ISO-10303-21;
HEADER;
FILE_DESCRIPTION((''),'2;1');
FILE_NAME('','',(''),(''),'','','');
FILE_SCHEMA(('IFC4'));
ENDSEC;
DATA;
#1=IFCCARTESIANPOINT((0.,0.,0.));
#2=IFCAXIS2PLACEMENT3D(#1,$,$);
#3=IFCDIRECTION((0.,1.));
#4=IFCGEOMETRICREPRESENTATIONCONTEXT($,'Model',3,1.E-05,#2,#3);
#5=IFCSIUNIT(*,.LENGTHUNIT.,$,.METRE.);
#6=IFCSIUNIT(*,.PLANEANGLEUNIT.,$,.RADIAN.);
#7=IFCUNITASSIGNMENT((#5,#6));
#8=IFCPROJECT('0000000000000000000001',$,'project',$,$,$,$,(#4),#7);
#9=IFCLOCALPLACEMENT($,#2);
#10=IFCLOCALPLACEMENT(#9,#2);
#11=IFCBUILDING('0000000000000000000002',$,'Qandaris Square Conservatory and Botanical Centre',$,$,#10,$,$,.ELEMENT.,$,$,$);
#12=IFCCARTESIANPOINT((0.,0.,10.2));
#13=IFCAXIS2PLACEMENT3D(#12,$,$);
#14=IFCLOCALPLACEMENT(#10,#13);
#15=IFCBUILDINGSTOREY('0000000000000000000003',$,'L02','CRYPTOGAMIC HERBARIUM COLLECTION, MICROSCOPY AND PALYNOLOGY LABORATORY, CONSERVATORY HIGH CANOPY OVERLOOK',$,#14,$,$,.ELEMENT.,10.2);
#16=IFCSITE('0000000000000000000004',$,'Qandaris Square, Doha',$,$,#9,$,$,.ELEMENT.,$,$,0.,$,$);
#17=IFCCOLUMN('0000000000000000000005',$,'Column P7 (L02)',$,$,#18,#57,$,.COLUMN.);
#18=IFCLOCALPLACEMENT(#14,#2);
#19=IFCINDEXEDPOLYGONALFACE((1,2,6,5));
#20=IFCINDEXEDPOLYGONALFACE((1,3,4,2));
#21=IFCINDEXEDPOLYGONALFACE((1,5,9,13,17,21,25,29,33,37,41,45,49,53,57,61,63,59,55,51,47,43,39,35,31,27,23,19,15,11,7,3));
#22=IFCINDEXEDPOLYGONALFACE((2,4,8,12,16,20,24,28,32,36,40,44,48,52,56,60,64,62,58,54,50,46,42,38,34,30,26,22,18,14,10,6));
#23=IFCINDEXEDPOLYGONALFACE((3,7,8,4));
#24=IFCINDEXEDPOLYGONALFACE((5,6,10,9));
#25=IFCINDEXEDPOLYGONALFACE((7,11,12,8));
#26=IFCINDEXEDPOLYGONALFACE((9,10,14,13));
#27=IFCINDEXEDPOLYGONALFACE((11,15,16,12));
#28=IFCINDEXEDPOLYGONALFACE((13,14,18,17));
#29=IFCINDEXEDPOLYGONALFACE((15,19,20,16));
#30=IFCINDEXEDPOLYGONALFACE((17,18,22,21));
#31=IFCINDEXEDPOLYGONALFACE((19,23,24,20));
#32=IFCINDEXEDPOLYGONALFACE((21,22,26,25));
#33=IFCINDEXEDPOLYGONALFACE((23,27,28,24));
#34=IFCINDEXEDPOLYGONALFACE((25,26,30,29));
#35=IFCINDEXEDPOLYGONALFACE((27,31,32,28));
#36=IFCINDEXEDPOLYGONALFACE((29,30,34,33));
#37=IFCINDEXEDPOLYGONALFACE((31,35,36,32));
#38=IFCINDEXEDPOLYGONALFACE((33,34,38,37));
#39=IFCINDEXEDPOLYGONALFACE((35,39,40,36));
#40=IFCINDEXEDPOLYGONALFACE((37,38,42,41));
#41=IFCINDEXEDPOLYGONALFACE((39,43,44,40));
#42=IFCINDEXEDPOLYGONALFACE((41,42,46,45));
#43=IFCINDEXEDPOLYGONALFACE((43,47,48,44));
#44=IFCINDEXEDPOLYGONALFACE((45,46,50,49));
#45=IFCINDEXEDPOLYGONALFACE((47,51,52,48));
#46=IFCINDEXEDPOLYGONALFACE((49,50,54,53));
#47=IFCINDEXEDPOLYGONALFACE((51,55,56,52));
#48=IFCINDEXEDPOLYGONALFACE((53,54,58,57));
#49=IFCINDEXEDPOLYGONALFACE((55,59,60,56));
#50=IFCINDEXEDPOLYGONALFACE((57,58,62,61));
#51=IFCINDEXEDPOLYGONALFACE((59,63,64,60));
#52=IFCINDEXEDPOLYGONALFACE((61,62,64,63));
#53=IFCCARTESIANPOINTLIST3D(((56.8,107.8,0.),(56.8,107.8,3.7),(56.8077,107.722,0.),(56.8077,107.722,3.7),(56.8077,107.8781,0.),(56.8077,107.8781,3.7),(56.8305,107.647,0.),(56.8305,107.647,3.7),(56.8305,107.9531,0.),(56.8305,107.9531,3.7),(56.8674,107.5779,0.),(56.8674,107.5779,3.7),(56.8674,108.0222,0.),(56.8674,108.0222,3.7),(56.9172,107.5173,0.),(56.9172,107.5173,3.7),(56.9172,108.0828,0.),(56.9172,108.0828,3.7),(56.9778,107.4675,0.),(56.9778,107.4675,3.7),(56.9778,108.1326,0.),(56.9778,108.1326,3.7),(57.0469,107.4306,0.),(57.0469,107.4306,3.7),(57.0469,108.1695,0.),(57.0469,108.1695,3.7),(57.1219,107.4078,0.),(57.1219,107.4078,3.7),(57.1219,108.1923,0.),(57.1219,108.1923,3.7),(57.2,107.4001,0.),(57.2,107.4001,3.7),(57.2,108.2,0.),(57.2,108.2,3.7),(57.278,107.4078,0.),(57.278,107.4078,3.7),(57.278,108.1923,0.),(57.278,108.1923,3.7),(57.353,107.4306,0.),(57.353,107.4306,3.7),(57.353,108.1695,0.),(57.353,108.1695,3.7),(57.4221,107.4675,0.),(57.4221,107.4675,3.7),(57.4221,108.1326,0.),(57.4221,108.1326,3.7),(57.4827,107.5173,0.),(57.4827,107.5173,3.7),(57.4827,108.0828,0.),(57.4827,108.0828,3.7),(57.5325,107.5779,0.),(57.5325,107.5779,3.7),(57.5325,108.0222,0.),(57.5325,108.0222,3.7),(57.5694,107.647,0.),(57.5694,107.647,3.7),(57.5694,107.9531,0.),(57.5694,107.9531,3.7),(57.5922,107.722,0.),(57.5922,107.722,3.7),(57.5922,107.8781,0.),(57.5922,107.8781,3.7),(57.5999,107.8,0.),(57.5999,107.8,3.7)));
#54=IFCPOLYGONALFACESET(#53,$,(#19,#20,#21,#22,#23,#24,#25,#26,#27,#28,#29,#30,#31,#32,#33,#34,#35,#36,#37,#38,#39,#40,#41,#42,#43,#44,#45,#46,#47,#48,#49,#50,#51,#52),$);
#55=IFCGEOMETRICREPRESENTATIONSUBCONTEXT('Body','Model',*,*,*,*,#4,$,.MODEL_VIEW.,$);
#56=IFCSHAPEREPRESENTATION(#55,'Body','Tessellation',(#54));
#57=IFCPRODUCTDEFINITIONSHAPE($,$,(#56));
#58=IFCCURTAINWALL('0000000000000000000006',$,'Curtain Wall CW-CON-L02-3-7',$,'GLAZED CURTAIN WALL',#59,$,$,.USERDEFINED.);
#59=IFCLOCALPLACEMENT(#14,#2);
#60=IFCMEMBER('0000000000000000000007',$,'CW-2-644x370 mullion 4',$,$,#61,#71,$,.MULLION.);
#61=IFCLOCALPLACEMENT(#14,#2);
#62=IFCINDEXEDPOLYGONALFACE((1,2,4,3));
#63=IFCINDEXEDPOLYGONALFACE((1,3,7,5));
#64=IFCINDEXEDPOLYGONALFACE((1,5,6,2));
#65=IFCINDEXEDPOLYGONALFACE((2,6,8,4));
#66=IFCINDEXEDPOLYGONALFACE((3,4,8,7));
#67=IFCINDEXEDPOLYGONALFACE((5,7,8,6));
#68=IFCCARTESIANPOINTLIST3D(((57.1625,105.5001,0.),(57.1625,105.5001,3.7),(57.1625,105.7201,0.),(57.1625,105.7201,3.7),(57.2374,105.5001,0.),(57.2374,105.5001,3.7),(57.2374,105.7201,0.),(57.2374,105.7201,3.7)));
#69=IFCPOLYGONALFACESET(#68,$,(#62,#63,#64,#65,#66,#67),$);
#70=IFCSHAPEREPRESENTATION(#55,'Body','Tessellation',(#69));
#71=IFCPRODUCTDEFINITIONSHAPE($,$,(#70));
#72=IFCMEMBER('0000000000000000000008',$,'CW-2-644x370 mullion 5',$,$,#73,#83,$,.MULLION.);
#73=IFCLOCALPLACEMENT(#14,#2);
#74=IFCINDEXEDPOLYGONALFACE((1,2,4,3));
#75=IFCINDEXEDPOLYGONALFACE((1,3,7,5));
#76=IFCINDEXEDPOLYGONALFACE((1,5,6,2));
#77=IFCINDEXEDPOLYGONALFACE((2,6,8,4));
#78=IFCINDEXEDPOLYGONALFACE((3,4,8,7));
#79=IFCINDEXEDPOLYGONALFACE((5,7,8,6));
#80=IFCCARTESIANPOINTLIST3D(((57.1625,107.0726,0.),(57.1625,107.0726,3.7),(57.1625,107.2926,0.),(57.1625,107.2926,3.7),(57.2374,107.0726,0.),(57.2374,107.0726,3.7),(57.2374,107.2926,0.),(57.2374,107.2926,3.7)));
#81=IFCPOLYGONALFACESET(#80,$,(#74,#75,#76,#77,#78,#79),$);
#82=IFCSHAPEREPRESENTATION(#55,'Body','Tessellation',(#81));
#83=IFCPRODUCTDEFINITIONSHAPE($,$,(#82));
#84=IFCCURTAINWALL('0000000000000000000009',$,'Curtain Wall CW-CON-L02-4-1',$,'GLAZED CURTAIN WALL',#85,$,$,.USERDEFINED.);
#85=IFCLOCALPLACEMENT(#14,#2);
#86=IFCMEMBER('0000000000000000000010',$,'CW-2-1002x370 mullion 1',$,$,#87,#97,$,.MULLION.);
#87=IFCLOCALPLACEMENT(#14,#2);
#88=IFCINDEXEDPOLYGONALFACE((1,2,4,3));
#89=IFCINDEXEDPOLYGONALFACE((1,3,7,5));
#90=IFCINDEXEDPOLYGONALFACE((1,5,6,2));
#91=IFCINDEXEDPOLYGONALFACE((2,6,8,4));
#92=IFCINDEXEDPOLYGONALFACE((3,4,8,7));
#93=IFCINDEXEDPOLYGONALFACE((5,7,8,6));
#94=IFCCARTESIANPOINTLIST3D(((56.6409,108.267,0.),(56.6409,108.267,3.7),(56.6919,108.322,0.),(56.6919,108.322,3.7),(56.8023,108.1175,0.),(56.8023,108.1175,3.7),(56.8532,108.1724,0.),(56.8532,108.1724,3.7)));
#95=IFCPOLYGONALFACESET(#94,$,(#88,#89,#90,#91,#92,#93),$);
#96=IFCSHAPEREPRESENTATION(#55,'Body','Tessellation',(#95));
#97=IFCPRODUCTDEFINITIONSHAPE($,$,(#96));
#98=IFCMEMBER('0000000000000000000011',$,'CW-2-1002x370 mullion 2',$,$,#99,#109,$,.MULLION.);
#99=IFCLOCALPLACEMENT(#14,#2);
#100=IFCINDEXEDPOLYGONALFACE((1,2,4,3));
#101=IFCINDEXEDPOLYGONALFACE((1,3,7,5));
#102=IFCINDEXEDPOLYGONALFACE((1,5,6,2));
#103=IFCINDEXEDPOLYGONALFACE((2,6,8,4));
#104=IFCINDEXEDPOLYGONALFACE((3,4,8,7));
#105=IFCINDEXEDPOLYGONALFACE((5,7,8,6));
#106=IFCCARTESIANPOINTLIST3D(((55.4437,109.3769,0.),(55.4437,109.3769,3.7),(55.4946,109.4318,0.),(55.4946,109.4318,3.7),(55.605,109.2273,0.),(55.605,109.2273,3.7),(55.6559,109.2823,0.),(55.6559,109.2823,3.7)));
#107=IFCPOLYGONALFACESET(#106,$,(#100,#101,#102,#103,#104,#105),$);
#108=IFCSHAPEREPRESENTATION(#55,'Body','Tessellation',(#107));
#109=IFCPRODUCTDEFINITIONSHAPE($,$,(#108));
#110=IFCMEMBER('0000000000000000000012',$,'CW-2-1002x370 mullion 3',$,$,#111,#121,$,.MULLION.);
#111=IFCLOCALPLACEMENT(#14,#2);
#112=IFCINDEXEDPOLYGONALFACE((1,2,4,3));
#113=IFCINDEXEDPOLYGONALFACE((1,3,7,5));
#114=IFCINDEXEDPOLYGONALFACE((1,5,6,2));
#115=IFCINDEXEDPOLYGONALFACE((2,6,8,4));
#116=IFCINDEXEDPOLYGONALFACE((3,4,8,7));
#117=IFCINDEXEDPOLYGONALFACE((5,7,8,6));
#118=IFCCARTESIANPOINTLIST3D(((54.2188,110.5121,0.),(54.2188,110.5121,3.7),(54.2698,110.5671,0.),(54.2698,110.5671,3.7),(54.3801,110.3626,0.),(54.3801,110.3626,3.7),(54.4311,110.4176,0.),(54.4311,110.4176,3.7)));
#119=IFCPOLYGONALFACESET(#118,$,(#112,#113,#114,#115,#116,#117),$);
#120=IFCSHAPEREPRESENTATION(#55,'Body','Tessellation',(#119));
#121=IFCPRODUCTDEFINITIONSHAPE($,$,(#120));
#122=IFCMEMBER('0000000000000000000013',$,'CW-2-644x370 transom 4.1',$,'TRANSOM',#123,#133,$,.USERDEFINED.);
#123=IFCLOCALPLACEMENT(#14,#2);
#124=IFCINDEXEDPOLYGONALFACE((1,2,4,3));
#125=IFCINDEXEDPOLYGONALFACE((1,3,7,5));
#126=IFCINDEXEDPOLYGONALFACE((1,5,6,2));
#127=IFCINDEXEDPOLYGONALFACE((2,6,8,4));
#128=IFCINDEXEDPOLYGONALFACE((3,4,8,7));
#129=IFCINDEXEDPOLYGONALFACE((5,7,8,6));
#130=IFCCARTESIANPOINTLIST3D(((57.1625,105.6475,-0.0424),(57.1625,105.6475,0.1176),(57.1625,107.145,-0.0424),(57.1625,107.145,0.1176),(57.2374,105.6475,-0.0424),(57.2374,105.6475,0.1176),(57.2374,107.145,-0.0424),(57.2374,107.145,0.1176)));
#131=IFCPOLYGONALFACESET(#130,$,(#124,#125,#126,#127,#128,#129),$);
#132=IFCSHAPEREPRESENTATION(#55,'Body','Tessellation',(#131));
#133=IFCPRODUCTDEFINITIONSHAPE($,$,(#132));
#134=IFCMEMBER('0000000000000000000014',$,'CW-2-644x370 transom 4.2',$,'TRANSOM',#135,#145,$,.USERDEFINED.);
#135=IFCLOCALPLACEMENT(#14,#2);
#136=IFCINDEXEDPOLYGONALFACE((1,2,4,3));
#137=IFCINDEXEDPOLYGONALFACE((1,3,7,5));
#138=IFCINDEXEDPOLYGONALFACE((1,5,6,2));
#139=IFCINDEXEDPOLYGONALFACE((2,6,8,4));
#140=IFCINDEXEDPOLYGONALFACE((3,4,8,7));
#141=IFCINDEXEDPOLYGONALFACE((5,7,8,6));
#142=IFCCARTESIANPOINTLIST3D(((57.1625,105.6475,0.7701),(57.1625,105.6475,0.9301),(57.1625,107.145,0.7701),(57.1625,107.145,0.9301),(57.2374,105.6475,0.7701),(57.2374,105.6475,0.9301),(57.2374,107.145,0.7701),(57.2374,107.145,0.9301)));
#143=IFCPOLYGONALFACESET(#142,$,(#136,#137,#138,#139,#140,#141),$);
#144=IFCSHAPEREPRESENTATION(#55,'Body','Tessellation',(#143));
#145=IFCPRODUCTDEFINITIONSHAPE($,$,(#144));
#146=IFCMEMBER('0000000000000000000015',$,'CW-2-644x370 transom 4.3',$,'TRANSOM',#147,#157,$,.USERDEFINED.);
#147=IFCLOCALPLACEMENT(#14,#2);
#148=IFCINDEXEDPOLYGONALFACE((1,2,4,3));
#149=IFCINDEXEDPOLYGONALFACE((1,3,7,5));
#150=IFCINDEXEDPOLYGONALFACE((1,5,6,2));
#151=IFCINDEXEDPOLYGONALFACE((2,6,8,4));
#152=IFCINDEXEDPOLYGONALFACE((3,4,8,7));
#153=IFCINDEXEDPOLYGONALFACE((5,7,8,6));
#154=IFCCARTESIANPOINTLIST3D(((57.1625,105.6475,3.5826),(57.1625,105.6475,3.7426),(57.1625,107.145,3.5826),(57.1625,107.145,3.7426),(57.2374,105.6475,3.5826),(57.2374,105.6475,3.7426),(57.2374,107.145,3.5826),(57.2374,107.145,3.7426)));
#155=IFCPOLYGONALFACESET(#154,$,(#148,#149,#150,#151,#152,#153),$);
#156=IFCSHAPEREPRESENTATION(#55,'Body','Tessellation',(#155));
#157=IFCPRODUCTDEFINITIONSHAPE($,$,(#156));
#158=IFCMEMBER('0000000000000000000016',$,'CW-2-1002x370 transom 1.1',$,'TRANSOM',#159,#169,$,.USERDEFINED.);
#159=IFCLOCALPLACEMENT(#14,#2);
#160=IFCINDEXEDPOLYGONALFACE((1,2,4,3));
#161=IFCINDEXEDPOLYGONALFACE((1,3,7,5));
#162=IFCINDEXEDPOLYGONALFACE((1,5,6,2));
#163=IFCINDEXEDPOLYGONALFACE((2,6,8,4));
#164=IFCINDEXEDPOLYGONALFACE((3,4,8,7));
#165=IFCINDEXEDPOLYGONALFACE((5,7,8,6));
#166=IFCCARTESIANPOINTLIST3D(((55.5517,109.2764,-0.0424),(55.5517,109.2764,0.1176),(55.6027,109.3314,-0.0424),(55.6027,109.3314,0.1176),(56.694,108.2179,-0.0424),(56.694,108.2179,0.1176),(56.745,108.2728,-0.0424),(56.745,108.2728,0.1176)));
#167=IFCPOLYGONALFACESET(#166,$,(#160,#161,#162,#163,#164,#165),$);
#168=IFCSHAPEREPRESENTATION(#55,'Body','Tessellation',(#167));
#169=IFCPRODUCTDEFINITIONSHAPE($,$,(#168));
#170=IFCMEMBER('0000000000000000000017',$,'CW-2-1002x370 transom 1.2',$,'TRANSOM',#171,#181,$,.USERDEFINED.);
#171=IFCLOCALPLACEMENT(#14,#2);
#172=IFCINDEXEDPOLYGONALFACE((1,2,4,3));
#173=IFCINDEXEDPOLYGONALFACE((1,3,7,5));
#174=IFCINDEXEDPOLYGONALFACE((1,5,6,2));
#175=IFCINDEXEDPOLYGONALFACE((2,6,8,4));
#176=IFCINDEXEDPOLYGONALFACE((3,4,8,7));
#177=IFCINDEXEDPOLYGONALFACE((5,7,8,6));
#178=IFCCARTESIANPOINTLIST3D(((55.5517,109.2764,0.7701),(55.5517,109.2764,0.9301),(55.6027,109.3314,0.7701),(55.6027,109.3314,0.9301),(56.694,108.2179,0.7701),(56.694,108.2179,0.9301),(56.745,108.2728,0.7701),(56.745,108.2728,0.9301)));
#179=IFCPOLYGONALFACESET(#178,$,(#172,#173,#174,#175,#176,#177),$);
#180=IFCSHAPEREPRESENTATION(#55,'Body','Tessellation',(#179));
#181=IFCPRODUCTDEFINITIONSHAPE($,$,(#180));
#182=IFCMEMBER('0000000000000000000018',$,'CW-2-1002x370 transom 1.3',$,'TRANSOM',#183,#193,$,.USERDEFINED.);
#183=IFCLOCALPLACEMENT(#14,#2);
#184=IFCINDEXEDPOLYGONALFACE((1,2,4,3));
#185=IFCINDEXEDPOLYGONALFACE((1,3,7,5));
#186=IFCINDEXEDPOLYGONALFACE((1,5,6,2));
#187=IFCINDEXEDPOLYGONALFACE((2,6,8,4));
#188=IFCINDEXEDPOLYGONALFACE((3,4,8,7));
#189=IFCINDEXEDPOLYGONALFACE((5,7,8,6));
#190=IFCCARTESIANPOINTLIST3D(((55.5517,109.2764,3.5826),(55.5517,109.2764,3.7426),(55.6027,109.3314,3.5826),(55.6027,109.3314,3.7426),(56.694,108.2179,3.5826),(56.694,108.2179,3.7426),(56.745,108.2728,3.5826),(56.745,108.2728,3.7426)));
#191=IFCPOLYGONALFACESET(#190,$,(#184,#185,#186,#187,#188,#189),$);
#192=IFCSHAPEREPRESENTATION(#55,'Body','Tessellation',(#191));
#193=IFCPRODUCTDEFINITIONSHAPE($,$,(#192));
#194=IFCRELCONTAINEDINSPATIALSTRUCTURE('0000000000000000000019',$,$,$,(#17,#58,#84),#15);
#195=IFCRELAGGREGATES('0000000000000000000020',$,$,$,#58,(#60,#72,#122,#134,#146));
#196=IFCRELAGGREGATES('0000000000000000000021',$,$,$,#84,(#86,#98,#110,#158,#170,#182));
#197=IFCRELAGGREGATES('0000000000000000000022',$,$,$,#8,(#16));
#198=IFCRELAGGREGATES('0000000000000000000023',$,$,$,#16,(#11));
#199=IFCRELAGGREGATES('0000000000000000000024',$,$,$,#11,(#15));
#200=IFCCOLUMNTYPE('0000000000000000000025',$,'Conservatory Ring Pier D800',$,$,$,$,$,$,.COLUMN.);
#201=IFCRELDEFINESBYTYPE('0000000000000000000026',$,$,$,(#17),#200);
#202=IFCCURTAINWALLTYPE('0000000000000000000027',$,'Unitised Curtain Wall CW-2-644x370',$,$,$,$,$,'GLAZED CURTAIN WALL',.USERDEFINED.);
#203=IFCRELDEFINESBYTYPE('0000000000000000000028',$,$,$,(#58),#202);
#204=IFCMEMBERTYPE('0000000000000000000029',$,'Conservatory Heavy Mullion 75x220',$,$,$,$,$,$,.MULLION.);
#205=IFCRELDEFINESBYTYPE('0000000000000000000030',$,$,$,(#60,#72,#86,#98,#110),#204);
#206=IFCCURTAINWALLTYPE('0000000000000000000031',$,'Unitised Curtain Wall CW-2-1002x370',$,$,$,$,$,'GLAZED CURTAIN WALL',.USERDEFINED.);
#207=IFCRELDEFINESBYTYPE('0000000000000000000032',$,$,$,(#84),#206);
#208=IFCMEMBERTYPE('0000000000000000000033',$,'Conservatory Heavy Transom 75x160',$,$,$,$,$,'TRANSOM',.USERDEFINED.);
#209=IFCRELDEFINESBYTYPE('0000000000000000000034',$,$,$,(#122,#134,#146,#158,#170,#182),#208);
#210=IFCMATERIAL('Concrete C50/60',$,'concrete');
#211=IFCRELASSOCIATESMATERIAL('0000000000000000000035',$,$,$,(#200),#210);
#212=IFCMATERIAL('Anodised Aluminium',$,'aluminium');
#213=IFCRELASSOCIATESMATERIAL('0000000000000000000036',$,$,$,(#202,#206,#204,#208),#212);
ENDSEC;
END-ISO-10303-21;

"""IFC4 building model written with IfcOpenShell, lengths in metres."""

from ifc_helpers import new_model, si_unit, direction, frame, origin, origin_2d, place, context, subcontext, project, spatial, rectangle, circle, extrude, material, material_profile, profile_set, type_object, element, aggregate, save


model = new_model("IFC4")

# Units and contexts
model_context = context("Model", 3, precision=1e-05, world=origin(), true_north=direction((0.0, 1.0)))
body_context = subcontext(model_context, "Body", "Model", "MODEL_VIEW")
ifc_project = project(units=[si_unit("LENGTHUNIT", "METRE"), si_unit("PLANEANGLEUNIT", "RADIAN")], contexts=[model_context])

# Site, building, storey
site_placement = place(None, origin())
site = spatial("IfcSite", under=ifc_project, at=site_placement, Name="Qandaris Square, Doha", CompositionType="ELEMENT", RefElevation=0.0)
building_placement = place(site_placement, origin())
building = spatial("IfcBuilding", under=site, at=building_placement, Name="Qandaris Square Conservatory and Botanical Centre", CompositionType="ELEMENT")
storey_placement = place(building_placement, frame((0.0, 0.0, 10.2)))
storey = spatial("IfcBuildingStorey", under=building, at=storey_placement, Name="L02", Description="CRYPTOGAMIC HERBARIUM COLLECTION, MICROSCOPY AND PALYNOLOGY LABORATORY, CONSERVATORY HIGH CANOPY OVERLOOK", CompositionType="ELEMENT", Elevation=10.2)

# Column
ifc_material_1 = material(Name="Concrete C50/60", Category="concrete")
ifc_material_profile_1 = material_profile(ifc_material_1, circle(Radius=0.3999, at=origin_2d()), Name="RC-COL D800")
ifc_profile_set_1 = profile_set([ifc_material_profile_1], Name="Concrete C50/60")
column_type = type_object("IfcColumnType", Name="Conservatory Ring Pier D800", PredefinedType="COLUMN", material=ifc_profile_set_1)
column_placement = place(storey_placement, frame((57.2, 107.8, 0.0), z_axis=(0.0, 0.0, 1.0), x_axis=(1.0, 0.0, 0.0)))
element("IfcColumn", 1, at=column_placement, inside=storey, type_object=column_type, Name="Column P7 (L02)", PredefinedType="COLUMN", context=body_context, shape_type="SweptSolid", body=[
    extrude(circle(Radius=0.3999, at=origin_2d()), origin(), (0.0, 0.0, 1.0), 3.7),
])

# Curtain walls, members
ifc_material_2 = material(Name="Anodised Aluminium", Category="aluminium")
curtain_wall_type_1 = type_object("IfcCurtainWallType", Name="Unitised Curtain Wall CW-2-644x370", ElementType="GLAZED CURTAIN WALL", PredefinedType="USERDEFINED", material=ifc_material_2)
curtain_wall_1_placement = place(storey_placement, origin())
curtain_wall_1 = element("IfcCurtainWall", 2, at=curtain_wall_1_placement, inside=storey, type_object=curtain_wall_type_1, Name="Curtain Wall CW-CON-L02-3-7", ObjectType="GLAZED CURTAIN WALL", PredefinedType="USERDEFINED")
ifc_material_profile_2 = material_profile(ifc_material_2, rectangle(XDim=0.075, YDim=0.22, at=origin_2d()), Name="ALU-MUL 75x220")
ifc_profile_set_2 = profile_set([ifc_material_profile_2], Name="Anodised Aluminium")
member_type_1 = type_object("IfcMemberType", Name="Conservatory Heavy Mullion 75x220", PredefinedType="MULLION", material=ifc_profile_set_2)
member_1_placement = place(storey_placement, frame((57.2, 105.6101, 0.0), z_axis=(0.0, 0.0, 1.0), x_axis=(-1.0, 0.0, 0.0)))
member_1 = element("IfcMember", 3, at=member_1_placement, type_object=member_type_1, Name="CW-2-644x370 mullion 4", PredefinedType="MULLION", context=body_context, shape_type="SweptSolid", body=[
    extrude(rectangle(XDim=0.075, YDim=0.22, at=origin_2d()), origin(), (0.0, 0.0, 1.0), 3.7),
])
member_2_placement = place(storey_placement, frame((57.2, 107.1826, 0.0), z_axis=(0.0, 0.0, 1.0), x_axis=(-1.0, 0.0, 0.0)))
member_2 = element("IfcMember", 4, at=member_2_placement, type_object=member_type_1, Name="CW-2-644x370 mullion 5", PredefinedType="MULLION", context=body_context, shape_type="SweptSolid", body=[
    extrude(rectangle(XDim=0.075, YDim=0.22, at=origin_2d()), origin(), (0.0, 0.0, 1.0), 3.7),
])
curtain_wall_type_2 = type_object("IfcCurtainWallType", Name="Unitised Curtain Wall CW-2-1002x370", ElementType="GLAZED CURTAIN WALL", PredefinedType="USERDEFINED", material=ifc_material_2)
curtain_wall_2_placement = place(storey_placement, origin())
curtain_wall_2 = element("IfcCurtainWall", 5, at=curtain_wall_2_placement, inside=storey, type_object=curtain_wall_type_2, Name="Curtain Wall CW-CON-L02-4-1", ObjectType="GLAZED CURTAIN WALL", PredefinedType="USERDEFINED")
member_3_placement = place(storey_placement, frame((56.7471, 108.2197, 0.0), z_axis=(0.0, 0.0, 1.0), x_axis=(-0.679762, -0.733433, 0.0)))
member_3 = element("IfcMember", 6, at=member_3_placement, type_object=member_type_1, Name="CW-2-1002x370 mullion 1", PredefinedType="MULLION", context=body_context, shape_type="SweptSolid", body=[
    extrude(rectangle(XDim=0.075, YDim=0.22, at=origin_2d()), origin(), (0.0, 0.0, 1.0), 3.7),
])
member_4_placement = place(storey_placement, frame((55.5498, 109.3296, 0.0), z_axis=(0.0, 0.0, 1.0), x_axis=(-0.679762, -0.733433, 0.0)))
member_4 = element("IfcMember", 7, at=member_4_placement, type_object=member_type_1, Name="CW-2-1002x370 mullion 2", PredefinedType="MULLION", context=body_context, shape_type="SweptSolid", body=[
    extrude(rectangle(XDim=0.075, YDim=0.22, at=origin_2d()), origin(), (0.0, 0.0, 1.0), 3.7),
])
member_5_placement = place(storey_placement, frame((54.325, 110.4648, 0.0), z_axis=(0.0, 0.0, 1.0), x_axis=(-0.679762, -0.733433, 0.0)))
member_5 = element("IfcMember", 8, at=member_5_placement, type_object=member_type_1, Name="CW-2-1002x370 mullion 3", PredefinedType="MULLION", context=body_context, shape_type="SweptSolid", body=[
    extrude(rectangle(XDim=0.075, YDim=0.22, at=origin_2d()), origin(), (0.0, 0.0, 1.0), 3.7),
])

# Members
ifc_material_profile_3 = material_profile(ifc_material_2, rectangle(XDim=0.075, YDim=0.1599, at=origin_2d()), Name="ALU-TRN 75x160")
ifc_profile_set_3 = profile_set([ifc_material_profile_3], Name="Anodised Aluminium")
member_type_2 = type_object("IfcMemberType", Name="Conservatory Heavy Transom 75x160", ElementType="TRANSOM", PredefinedType="USERDEFINED", material=ifc_profile_set_3)
member_6_placement = place(storey_placement, frame((57.2, 105.6475, 0.0376), z_axis=(0.0, 1.0, 0.0), x_axis=(-1.0, 0.0, 0.0)))
member_6 = element("IfcMember", 9, at=member_6_placement, type_object=member_type_2, Name="CW-2-644x370 transom 4.1", ObjectType="TRANSOM", PredefinedType="USERDEFINED", context=body_context, shape_type="SweptSolid", body=[
    extrude(rectangle(XDim=0.075, YDim=0.1599, at=origin_2d()), origin(), (0.0, 0.0, 1.0), 1.4976),
])
member_7_placement = place(storey_placement, frame((57.2, 105.6475, 0.8501), z_axis=(0.0, 1.0, 0.0), x_axis=(-1.0, 0.0, 0.0)))
member_7 = element("IfcMember", 10, at=member_7_placement, type_object=member_type_2, Name="CW-2-644x370 transom 4.2", ObjectType="TRANSOM", PredefinedType="USERDEFINED", context=body_context, shape_type="SweptSolid", body=[
    extrude(rectangle(XDim=0.075, YDim=0.1599, at=origin_2d()), origin(), (0.0, 0.0, 1.0), 1.4976),
])
member_8_placement = place(storey_placement, frame((57.2, 105.6475, 3.6626), z_axis=(0.0, 1.0, 0.0), x_axis=(-1.0, 0.0, 0.0)))
member_8 = element("IfcMember", 11, at=member_8_placement, type_object=member_type_2, Name="CW-2-644x370 transom 4.3", ObjectType="TRANSOM", PredefinedType="USERDEFINED", context=body_context, shape_type="SweptSolid", body=[
    extrude(rectangle(XDim=0.075, YDim=0.1599, at=origin_2d()), origin(), (0.0, 0.0, 1.0), 1.4976),
])
member_9_placement = place(storey_placement, frame((56.7195, 108.2454, 0.0376), z_axis=(-0.73348, 0.679711, 0.0), x_axis=(-0.679711, -0.73348, 0.0)))
member_9 = element("IfcMember", 12, at=member_9_placement, type_object=member_type_2, Name="CW-2-1002x370 transom 1.1", ObjectType="TRANSOM", PredefinedType="USERDEFINED", context=body_context, shape_type="SweptSolid", body=[
    extrude(rectangle(XDim=0.075, YDim=0.1599, at=origin_2d()), origin(), (0.0, 0.0, 1.0), 1.5574),
])
member_10_placement = place(storey_placement, frame((56.7195, 108.2454, 0.8501), z_axis=(-0.73348, 0.679711, 0.0), x_axis=(-0.679711, -0.73348, 0.0)))
member_10 = element("IfcMember", 13, at=member_10_placement, type_object=member_type_2, Name="CW-2-1002x370 transom 1.2", ObjectType="TRANSOM", PredefinedType="USERDEFINED", context=body_context, shape_type="SweptSolid", body=[
    extrude(rectangle(XDim=0.075, YDim=0.1599, at=origin_2d()), origin(), (0.0, 0.0, 1.0), 1.5574),
])
member_11_placement = place(storey_placement, frame((56.7195, 108.2454, 3.6626), z_axis=(-0.73348, 0.679711, 0.0), x_axis=(-0.679711, -0.73348, 0.0)))
member_11 = element("IfcMember", 14, at=member_11_placement, type_object=member_type_2, Name="CW-2-1002x370 transom 1.3", ObjectType="TRANSOM", PredefinedType="USERDEFINED", context=body_context, shape_type="SweptSolid", body=[
    extrude(rectangle(XDim=0.075, YDim=0.1599, at=origin_2d()), origin(), (0.0, 0.0, 1.0), 1.5574),
])

aggregate(curtain_wall_1, [member_1, member_2, member_6, member_7, member_8])
aggregate(curtain_wall_2, [member_3, member_4, member_5, member_9, member_10, member_11])

save(model, "model.ifc")
